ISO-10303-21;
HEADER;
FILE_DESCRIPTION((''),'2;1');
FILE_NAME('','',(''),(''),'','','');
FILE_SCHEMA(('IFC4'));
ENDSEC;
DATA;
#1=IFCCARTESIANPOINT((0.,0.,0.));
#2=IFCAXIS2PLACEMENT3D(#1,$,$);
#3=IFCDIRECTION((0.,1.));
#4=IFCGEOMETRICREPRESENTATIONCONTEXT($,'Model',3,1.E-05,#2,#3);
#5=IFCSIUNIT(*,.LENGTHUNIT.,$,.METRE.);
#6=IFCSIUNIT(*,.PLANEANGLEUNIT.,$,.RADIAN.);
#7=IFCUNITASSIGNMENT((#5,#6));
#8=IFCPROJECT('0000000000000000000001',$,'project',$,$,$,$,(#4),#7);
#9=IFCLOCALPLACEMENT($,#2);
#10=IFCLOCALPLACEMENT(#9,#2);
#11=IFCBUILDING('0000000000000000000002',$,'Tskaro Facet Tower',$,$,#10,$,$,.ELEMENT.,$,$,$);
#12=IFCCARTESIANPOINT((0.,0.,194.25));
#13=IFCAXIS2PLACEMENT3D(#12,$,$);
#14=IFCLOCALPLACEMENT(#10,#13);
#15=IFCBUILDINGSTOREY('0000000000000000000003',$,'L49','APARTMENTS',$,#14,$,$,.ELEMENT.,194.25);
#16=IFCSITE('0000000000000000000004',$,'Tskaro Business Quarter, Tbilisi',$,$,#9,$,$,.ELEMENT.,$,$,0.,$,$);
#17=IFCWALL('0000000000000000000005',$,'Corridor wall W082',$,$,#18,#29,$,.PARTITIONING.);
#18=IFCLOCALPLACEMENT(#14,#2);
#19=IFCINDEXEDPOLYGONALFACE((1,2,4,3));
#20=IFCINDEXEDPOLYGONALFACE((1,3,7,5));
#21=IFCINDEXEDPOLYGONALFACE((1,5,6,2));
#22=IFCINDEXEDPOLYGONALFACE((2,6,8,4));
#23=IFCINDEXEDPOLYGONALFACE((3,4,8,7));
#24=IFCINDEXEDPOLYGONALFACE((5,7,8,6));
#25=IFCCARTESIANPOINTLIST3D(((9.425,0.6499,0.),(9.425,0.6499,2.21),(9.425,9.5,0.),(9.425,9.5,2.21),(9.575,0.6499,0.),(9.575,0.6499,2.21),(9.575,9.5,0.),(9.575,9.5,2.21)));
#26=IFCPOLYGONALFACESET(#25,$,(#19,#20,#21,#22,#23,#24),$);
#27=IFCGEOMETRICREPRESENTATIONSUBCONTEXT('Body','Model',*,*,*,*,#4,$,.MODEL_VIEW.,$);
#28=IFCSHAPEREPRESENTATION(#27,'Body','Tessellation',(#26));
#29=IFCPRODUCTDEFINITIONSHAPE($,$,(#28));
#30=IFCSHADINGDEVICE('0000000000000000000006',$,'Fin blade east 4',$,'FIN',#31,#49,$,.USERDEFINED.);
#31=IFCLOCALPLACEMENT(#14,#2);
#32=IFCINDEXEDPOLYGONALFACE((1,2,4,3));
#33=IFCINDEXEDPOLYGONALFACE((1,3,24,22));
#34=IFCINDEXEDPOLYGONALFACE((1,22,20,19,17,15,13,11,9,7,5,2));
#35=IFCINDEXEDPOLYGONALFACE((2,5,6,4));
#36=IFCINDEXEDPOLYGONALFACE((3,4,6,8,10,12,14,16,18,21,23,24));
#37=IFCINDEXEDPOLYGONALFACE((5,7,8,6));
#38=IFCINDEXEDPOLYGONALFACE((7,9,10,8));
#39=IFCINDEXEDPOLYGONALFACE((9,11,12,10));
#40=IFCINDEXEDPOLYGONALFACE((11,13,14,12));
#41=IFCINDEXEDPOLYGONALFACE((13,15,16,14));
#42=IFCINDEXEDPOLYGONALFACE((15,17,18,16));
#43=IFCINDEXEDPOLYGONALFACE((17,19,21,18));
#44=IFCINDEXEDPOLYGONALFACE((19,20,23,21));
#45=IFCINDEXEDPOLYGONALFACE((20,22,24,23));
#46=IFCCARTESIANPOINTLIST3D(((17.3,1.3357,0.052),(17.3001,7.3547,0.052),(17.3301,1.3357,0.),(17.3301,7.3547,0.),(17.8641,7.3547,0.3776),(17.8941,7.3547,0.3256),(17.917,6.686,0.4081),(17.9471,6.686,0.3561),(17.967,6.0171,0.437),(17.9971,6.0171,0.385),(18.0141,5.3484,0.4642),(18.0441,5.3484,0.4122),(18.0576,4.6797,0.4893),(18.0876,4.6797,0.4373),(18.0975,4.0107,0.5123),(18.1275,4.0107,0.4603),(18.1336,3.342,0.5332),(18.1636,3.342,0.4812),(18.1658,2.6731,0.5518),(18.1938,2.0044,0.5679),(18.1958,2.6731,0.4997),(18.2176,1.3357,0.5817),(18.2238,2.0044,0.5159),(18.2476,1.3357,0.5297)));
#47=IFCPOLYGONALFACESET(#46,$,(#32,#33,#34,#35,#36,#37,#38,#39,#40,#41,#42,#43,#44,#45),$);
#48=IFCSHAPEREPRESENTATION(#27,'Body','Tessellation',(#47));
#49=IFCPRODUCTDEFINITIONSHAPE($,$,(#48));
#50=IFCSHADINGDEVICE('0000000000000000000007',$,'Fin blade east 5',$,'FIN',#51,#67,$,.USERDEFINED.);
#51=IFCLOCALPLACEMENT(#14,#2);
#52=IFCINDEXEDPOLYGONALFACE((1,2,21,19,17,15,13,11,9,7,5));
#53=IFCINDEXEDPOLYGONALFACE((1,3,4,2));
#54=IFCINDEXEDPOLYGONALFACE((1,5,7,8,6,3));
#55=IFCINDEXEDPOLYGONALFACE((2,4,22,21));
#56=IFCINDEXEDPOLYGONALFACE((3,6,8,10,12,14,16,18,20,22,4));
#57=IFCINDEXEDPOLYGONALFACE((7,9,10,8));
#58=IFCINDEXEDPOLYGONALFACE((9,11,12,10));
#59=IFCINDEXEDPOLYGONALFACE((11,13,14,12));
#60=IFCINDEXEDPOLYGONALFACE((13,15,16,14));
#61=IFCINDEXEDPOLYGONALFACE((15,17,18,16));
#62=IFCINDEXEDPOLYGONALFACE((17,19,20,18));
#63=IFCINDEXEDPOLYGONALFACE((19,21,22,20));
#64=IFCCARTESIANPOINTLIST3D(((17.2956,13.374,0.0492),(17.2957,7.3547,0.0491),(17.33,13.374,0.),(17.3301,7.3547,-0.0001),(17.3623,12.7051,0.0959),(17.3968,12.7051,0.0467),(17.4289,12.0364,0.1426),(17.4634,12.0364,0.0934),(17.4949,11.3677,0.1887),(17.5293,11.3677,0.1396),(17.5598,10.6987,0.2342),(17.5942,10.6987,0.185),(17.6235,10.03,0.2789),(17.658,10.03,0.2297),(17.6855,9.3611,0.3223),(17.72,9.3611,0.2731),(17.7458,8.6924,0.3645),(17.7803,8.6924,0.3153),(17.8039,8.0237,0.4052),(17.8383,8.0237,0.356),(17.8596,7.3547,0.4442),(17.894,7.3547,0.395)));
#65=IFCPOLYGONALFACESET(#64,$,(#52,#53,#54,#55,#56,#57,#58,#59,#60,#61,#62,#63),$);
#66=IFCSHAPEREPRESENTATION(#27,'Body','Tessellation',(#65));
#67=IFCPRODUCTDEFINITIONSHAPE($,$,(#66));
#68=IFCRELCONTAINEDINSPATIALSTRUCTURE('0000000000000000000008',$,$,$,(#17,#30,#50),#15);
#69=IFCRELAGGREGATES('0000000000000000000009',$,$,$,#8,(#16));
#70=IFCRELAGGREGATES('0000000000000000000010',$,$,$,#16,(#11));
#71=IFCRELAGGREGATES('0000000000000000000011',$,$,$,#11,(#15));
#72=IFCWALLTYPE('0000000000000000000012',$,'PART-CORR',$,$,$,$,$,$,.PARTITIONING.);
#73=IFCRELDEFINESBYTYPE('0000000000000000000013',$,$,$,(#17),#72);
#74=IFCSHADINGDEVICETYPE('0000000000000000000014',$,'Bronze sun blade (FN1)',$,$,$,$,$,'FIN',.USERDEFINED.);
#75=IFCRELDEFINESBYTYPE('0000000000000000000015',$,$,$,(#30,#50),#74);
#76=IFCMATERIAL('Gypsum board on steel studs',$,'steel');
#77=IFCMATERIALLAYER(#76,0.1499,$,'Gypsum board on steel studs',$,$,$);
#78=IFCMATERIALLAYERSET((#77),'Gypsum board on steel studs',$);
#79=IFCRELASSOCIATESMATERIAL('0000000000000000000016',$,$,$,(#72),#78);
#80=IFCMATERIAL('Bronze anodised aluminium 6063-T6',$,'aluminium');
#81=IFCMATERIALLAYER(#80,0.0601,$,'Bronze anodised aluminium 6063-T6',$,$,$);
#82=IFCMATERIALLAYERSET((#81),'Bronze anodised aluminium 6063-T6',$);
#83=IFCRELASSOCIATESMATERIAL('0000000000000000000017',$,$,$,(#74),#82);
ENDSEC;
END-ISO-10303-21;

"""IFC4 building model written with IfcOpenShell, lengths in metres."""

from ifc_helpers import new_model, si_unit, direction, frame, frame_2d, origin, place, context, subcontext, project, spatial, polyline, rectangle, outline, extrude, material, layer, layer_set, type_object, element, save


model = new_model("IFC4")

# Units and contexts
model_context = context("Model", 3, precision=1e-05, world=origin(), true_north=direction((0.0, 1.0)))
body_context = subcontext(model_context, "Body", "Model", "MODEL_VIEW")
ifc_project = project(units=[si_unit("LENGTHUNIT", "METRE"), si_unit("PLANEANGLEUNIT", "RADIAN")], contexts=[model_context])

# Site, building, storey
site_placement = place(None, origin())
site = spatial("IfcSite", under=ifc_project, at=site_placement, Name="Tskaro Business Quarter, Tbilisi", CompositionType="ELEMENT", RefElevation=0.0)
building_placement = place(site_placement, origin())
building = spatial("IfcBuilding", under=site, at=building_placement, Name="Tskaro Facet Tower", CompositionType="ELEMENT")
storey_placement = place(building_placement, frame((0.0, 0.0, 194.25)))
storey = spatial("IfcBuildingStorey", under=building, at=storey_placement, Name="L49", Description="APARTMENTS", CompositionType="ELEMENT", Elevation=194.25)

# Shared definitions
ifc_material_1 = material(Name="Bronze anodised aluminium 6063-T6", Category="aluminium")

# Shared definitions
ifc_material_2 = material(Name="Gypsum board on steel studs", Category="steel")

# Wall
ifc_layer_1 = layer(ifc_material_2, 0.1499, Name="Gypsum board on steel studs")
ifc_layer_set_1 = layer_set([ifc_layer_1], Name="Gypsum board on steel studs")
wall_type_1 = type_object("IfcWallType", Name="PART-CORR", PredefinedType="PARTITIONING", material=ifc_layer_set_1)
wall_1_placement = place(storey_placement, frame((9.5, 0.6499, 0.0), z_axis=(0.0, 0.0, 1.0), x_axis=(0.0, 1.0, 0.0)))
element("IfcWall", 1, at=wall_1_placement, inside=storey, type_object=wall_type_1, Name="Corridor wall W082", PredefinedType="PARTITIONING", context=body_context, shape_type="SweptSolid", body=[
    extrude(rectangle(XDim=8.8501, YDim=0.1499, at=frame_2d((4.425, 0.0))), origin(), (0.0, 0.0, 1.0), 2.21),
])

# Shading devices
ifc_layer_2 = layer(ifc_material_1, 0.0601, Name="Bronze anodised aluminium 6063-T6")
ifc_layer_set_2 = layer_set([ifc_layer_2], Name="Bronze anodised aluminium 6063-T6")
shading_device_type = type_object("IfcShadingDeviceType", Name="Bronze sun blade (FN1)", ElementType="FIN", PredefinedType="USERDEFINED", material=ifc_layer_set_2)
shading_device_1_placement = place(storey_placement, frame((17.3, 1.3357, 0.052), z_axis=(-0.499956, 0.000006, 0.866051), x_axis=(0.000003, 1.0, -0.000005)))
element("IfcShadingDevice", 2, at=shading_device_1_placement, inside=storey, type_object=shading_device_type, Name="Fin blade east 4", ObjectType="FIN", PredefinedType="USERDEFINED", context=body_context, shape_type="SweptSolid", body=[
    extrude(outline(polyline([(0.0, 0.0), (6.019, 0.0), (6.019, -0.6512), (5.3503, -0.7124), (4.6814, -0.7701), (4.0127, -0.8245), (3.344, -0.8747), (2.675, -0.9208), (2.0063, -0.9624), (1.3374, -0.9996), (0.6687, -1.032), (0.0, -1.0595), (0.0, 0.0)])), origin(), (0.0, 0.0, -1.0), 0.0601),
])
shading_device_2_placement = place(storey_placement, frame((17.2957, 7.3547, 0.0491), z_axis=(-0.573841, -0.00002, 0.818967), x_axis=(-0.000012, 1.0, 0.000017)))
element("IfcShadingDevice", 3, at=shading_device_2_placement, inside=storey, type_object=shading_device_type, Name="Fin blade east 5", ObjectType="FIN", PredefinedType="USERDEFINED", context=body_context, shape_type="SweptSolid", body=[
    extrude(outline(polyline([(0.0, 0.0), (6.0193, 0.0), (5.3503, -0.0815), (4.6816, -0.1628), (4.0129, -0.2433), (3.344, -0.3225), (2.6753, -0.4004), (2.0063, -0.4761), (1.3376, -0.5497), (0.6689, -0.6205), (0.0, -0.6885), (0.0, 0.0)])), origin(), (0.0, 0.0, -1.0), 0.0601),
])

save(model, "model.ifc")
